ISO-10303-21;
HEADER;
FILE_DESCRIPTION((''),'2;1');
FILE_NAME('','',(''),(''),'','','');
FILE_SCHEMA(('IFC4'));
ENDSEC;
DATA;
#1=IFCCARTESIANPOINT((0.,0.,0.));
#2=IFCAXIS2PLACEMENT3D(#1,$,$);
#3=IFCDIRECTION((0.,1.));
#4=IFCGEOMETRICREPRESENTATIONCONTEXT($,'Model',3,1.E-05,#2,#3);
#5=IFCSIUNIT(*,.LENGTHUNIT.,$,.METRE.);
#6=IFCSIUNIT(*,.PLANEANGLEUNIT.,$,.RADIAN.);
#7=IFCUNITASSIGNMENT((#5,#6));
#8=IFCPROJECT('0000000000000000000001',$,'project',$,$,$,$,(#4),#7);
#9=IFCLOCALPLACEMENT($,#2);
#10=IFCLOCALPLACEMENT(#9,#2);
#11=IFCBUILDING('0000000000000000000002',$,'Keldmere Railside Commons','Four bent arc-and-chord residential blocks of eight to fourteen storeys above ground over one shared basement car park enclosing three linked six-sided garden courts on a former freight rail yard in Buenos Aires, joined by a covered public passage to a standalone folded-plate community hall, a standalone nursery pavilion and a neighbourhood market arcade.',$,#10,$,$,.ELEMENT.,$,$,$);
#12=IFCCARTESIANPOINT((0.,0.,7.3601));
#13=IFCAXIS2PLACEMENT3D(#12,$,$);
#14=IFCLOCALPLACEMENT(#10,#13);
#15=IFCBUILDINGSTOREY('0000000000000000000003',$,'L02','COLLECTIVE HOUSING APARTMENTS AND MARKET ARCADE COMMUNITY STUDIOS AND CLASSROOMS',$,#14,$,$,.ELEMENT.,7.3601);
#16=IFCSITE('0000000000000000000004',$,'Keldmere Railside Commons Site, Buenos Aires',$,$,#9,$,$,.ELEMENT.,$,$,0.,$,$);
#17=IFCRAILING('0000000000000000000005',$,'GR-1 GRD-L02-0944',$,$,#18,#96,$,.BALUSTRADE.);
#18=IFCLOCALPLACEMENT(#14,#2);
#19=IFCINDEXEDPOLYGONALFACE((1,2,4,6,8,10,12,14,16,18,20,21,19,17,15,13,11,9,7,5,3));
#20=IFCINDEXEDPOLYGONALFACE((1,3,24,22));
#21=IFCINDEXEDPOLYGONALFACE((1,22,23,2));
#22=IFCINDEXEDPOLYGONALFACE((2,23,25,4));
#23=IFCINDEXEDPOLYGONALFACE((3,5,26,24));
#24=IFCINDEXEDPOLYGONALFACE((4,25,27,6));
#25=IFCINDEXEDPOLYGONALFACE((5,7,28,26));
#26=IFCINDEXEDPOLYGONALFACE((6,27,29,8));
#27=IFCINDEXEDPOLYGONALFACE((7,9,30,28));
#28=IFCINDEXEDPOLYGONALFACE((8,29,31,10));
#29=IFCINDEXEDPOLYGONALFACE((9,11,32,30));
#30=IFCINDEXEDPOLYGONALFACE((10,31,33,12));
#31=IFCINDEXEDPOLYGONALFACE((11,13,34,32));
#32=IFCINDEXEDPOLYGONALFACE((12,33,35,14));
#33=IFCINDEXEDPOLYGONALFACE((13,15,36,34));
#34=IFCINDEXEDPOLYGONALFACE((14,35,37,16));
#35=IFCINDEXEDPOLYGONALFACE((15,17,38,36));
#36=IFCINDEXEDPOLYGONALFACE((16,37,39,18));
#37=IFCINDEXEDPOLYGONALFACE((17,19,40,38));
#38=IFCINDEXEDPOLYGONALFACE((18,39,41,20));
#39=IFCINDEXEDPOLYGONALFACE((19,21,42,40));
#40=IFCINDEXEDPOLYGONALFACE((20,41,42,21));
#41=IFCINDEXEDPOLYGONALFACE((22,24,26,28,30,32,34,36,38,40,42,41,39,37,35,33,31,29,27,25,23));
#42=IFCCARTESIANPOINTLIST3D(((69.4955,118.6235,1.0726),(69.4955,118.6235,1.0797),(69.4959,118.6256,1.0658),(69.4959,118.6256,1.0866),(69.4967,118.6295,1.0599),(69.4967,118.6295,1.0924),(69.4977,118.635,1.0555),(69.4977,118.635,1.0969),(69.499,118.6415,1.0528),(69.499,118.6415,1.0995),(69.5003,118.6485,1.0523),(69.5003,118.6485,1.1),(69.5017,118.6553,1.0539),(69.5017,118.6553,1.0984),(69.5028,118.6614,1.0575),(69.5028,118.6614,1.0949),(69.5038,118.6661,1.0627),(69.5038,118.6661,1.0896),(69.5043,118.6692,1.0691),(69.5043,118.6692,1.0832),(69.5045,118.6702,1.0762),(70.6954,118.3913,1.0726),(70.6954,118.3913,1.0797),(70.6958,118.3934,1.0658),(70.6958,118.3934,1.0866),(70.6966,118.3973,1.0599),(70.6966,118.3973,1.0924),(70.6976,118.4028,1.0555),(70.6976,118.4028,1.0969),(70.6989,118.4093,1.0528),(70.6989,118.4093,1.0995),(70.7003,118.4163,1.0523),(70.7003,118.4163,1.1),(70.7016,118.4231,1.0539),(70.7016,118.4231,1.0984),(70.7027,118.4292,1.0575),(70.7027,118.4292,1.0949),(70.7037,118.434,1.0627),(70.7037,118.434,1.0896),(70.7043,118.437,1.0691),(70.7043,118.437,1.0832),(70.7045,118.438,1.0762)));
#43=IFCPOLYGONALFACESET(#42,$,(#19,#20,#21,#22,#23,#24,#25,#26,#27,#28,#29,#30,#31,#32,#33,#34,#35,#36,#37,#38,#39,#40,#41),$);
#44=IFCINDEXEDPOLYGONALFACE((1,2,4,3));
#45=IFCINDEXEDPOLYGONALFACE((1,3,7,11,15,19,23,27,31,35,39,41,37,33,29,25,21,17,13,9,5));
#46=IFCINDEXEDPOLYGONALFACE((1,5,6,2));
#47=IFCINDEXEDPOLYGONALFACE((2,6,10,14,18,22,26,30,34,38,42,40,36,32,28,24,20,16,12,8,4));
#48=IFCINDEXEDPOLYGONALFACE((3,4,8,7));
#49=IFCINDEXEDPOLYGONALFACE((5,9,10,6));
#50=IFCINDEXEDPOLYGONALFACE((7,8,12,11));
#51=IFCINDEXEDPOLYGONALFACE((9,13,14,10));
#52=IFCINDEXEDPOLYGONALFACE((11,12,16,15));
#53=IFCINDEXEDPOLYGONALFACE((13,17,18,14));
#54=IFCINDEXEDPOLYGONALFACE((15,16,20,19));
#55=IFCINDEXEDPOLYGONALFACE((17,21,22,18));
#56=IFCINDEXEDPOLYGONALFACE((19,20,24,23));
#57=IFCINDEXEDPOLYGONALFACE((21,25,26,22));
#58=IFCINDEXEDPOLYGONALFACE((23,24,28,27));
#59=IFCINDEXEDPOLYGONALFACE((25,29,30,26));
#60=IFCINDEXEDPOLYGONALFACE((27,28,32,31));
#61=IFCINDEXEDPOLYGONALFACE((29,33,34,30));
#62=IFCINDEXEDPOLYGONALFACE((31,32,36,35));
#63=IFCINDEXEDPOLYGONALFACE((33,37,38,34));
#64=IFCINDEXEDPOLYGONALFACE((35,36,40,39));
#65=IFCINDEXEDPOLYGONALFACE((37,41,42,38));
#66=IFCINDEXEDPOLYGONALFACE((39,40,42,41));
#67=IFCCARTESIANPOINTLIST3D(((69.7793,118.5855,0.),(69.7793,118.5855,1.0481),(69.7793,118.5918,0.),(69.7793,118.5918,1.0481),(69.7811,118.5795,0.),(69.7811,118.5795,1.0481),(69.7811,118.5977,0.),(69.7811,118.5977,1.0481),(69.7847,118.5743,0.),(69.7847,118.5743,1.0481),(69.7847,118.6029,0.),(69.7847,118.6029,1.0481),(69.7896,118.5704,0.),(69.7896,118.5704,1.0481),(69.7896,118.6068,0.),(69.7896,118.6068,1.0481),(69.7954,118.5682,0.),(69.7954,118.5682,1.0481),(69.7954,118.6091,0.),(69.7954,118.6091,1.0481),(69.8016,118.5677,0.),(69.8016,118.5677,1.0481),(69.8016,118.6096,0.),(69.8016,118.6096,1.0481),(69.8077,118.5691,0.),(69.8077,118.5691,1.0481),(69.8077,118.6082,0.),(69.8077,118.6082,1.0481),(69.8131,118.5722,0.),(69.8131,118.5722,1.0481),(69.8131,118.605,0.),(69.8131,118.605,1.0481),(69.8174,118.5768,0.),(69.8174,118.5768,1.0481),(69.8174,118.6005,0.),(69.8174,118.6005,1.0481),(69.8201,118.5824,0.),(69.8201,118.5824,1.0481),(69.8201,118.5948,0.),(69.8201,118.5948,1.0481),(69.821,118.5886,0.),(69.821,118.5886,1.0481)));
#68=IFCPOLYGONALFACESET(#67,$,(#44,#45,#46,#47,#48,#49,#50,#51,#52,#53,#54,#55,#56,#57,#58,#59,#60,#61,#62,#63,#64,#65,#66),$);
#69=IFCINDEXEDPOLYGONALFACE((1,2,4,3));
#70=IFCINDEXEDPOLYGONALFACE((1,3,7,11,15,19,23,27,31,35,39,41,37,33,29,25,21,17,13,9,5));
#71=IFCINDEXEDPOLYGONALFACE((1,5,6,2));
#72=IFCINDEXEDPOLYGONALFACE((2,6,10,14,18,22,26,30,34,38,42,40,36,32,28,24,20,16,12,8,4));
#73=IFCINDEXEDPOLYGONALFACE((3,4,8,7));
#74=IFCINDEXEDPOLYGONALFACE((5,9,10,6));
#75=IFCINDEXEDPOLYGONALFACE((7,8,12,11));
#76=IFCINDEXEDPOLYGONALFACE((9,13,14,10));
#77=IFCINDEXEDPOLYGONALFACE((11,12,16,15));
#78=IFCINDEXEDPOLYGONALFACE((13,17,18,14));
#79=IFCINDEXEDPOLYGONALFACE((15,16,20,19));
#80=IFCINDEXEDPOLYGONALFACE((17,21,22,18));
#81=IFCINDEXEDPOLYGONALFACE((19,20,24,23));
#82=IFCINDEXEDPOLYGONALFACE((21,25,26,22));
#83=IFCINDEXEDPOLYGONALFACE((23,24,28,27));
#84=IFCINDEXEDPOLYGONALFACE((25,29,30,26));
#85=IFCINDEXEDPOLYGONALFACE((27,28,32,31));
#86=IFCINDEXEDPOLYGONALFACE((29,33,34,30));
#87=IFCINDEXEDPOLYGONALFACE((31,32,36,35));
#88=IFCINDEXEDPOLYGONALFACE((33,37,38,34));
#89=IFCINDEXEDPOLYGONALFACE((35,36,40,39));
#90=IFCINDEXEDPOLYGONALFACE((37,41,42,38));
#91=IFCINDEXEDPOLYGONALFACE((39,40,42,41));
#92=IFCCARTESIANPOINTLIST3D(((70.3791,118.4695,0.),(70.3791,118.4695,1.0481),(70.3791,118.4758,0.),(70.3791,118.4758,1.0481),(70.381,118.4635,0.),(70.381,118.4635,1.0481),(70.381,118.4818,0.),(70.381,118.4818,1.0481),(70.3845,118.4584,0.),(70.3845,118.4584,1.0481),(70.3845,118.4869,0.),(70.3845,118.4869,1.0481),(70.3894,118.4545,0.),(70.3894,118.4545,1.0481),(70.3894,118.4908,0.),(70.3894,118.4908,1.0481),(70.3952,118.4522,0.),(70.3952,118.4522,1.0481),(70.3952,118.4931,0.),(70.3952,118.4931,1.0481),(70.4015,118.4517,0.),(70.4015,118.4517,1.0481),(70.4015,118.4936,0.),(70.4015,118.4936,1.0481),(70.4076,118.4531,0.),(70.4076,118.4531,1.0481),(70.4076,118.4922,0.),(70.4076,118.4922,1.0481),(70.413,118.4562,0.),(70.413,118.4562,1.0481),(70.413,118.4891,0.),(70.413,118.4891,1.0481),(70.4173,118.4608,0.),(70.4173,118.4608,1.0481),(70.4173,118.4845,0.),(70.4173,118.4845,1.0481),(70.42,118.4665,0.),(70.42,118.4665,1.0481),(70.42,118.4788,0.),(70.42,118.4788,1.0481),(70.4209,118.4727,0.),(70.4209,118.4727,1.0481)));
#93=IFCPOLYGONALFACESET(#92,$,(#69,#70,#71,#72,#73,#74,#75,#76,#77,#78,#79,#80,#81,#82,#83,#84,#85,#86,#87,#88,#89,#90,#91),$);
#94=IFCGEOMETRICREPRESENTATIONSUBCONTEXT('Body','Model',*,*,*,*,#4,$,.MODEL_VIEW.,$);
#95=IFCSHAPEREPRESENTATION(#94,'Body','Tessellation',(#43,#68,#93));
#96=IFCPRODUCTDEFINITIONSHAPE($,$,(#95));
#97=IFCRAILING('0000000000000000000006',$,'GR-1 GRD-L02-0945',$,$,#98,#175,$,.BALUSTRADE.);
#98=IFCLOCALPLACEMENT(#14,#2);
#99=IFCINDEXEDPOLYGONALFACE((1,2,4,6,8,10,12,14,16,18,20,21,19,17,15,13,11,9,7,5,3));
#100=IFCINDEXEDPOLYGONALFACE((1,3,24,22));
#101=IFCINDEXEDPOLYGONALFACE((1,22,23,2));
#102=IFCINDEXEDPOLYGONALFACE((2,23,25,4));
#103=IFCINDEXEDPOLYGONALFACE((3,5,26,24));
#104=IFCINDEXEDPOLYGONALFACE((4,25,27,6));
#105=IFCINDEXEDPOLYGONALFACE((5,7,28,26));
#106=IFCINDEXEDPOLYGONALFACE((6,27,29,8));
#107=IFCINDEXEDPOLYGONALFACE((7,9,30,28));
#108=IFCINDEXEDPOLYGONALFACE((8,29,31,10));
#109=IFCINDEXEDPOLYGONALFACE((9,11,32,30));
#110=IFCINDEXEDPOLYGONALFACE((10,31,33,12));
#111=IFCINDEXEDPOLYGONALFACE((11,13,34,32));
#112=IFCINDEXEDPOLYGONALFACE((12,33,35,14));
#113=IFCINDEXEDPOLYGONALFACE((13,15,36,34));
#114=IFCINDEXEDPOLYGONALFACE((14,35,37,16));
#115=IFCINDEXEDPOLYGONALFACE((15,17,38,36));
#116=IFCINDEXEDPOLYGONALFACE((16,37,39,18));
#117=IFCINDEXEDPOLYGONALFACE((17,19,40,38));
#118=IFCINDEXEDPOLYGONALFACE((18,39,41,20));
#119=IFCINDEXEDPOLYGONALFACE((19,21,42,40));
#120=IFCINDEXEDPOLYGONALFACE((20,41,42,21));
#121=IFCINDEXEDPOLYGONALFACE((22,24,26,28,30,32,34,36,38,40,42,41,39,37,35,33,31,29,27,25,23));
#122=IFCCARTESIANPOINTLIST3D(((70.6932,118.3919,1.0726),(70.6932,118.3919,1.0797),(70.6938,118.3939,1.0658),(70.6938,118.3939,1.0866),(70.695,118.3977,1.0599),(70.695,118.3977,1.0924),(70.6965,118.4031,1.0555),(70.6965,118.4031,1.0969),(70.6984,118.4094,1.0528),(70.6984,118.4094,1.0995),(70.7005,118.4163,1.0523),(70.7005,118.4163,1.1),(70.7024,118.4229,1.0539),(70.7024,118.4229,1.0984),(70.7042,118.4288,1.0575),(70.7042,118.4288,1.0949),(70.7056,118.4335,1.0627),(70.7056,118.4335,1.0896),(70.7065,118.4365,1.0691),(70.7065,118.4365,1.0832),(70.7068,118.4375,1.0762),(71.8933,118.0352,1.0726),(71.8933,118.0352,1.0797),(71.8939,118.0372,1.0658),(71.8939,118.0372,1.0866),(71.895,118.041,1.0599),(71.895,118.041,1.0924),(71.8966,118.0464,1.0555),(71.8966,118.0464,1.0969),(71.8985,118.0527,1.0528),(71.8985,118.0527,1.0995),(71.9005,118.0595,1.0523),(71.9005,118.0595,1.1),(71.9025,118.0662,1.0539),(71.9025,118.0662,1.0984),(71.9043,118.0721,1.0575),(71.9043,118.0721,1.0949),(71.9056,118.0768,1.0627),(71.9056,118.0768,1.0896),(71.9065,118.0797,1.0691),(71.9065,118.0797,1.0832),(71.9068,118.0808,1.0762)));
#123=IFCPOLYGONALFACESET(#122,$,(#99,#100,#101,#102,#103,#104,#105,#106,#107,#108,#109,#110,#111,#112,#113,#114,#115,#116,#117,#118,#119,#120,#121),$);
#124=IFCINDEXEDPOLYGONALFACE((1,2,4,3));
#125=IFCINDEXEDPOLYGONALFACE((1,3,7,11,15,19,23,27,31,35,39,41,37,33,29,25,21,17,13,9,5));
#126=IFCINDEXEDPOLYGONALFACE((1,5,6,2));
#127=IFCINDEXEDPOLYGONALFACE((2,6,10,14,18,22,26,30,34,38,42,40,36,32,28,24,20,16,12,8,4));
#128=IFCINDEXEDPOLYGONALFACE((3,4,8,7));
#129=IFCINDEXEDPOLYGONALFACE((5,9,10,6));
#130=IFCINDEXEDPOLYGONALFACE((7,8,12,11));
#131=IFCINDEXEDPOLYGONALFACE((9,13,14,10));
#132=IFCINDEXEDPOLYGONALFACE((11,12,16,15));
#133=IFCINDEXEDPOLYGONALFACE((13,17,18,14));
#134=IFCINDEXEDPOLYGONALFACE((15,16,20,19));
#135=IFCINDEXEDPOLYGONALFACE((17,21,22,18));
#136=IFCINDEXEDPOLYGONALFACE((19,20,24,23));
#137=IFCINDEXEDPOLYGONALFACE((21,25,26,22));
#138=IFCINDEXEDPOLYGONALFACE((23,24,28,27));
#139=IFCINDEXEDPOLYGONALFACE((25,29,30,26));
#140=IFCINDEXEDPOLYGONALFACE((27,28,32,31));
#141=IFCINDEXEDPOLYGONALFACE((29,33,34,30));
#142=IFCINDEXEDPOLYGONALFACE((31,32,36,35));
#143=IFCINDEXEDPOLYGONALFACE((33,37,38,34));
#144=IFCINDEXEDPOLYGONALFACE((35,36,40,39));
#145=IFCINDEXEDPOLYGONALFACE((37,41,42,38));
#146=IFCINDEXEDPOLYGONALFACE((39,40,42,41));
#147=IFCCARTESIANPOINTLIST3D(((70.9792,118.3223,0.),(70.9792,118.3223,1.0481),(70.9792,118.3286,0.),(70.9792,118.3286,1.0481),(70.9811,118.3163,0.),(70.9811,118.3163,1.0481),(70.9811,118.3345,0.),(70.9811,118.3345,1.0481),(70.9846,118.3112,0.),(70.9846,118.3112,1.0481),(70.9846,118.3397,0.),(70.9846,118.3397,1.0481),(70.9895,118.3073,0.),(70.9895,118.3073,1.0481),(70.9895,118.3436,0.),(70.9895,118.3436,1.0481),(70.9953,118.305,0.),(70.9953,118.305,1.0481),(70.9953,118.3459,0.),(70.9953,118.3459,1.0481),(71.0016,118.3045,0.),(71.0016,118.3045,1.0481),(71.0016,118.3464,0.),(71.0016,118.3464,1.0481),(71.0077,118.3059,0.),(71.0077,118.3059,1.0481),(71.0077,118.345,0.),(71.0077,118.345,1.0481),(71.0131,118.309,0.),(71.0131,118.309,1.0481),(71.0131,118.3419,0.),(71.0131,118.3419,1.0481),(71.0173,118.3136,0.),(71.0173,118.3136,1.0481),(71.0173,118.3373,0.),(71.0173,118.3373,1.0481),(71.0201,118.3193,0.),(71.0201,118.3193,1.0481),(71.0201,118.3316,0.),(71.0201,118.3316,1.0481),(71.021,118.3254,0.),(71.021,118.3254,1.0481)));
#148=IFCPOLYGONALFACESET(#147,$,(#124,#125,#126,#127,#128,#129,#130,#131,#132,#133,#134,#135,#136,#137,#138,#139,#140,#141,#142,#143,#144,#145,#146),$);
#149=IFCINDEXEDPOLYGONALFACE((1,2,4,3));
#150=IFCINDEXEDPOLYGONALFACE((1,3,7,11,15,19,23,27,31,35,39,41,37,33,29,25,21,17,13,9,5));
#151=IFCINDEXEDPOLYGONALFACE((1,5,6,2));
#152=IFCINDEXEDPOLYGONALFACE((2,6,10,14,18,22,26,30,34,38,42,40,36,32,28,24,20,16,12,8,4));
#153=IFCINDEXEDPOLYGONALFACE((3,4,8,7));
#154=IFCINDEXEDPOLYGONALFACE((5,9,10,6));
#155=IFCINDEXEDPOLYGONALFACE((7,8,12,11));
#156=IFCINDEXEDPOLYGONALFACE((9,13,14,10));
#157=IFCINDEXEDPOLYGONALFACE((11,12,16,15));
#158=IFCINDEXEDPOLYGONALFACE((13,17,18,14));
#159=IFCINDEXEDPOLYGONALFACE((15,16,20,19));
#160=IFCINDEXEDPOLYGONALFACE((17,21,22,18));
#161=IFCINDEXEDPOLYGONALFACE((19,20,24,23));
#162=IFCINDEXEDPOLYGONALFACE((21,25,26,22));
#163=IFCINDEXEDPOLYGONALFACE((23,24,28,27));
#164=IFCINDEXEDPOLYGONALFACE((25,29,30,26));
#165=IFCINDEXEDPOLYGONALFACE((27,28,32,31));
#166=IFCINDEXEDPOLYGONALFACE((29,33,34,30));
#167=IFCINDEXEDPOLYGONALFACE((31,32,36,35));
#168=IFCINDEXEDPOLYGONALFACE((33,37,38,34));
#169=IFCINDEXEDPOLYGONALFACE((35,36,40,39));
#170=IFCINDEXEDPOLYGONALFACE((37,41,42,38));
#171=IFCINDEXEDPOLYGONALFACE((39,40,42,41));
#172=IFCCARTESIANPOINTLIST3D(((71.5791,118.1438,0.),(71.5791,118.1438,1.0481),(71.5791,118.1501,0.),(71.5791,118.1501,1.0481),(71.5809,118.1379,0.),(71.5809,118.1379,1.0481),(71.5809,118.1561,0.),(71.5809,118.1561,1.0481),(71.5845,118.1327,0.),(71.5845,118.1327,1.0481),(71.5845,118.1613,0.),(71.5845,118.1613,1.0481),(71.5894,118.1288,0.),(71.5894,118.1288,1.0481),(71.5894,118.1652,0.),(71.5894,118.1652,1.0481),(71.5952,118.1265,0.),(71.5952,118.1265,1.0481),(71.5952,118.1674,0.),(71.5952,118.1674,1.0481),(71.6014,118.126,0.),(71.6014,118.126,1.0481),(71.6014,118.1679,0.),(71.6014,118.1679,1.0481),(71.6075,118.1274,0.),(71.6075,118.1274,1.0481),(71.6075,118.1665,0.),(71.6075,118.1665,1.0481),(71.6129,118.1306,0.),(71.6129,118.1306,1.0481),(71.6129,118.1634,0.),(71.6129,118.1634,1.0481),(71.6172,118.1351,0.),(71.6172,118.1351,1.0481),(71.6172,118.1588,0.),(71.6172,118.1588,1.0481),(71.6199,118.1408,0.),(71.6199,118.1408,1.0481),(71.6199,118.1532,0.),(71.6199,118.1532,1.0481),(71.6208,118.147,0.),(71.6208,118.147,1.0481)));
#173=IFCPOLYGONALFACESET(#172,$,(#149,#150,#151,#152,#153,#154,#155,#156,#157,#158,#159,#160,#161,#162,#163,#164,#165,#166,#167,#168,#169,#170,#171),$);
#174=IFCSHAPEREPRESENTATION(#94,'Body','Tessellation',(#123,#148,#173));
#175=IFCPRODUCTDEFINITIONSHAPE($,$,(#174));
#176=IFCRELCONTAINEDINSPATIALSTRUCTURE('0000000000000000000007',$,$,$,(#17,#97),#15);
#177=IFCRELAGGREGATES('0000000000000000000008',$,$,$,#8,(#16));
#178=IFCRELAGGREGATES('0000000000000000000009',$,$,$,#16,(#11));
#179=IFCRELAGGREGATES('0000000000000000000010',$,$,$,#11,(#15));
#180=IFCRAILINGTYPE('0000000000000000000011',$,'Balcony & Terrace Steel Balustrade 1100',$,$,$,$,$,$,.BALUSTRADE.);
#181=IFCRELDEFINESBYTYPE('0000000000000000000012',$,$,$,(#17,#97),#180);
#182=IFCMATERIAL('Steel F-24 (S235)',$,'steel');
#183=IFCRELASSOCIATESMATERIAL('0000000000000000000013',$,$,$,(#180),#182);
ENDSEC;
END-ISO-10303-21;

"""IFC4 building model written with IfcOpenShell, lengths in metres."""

from ifc_helpers import new_model, si_unit, direction, frame, origin, origin_2d, place, context, subcontext, project, spatial, circle, extrude, material, type_object, element, save


model = new_model("IFC4")

# Units and contexts
model_context = context("Model", 3, precision=1e-05, world=origin(), true_north=direction((0.0, 1.0)))
body_context = subcontext(model_context, "Body", "Model", "MODEL_VIEW")
ifc_project = project(units=[si_unit("LENGTHUNIT", "METRE"), si_unit("PLANEANGLEUNIT", "RADIAN")], contexts=[model_context])

# Site, building, storey
site_placement = place(None, origin())
site = spatial("IfcSite", under=ifc_project, at=site_placement, Name="Keldmere Railside Commons Site, Buenos Aires", CompositionType="ELEMENT", RefElevation=0.0)
building_placement = place(site_placement, origin())
building = spatial("IfcBuilding", under=site, at=building_placement, Name="Keldmere Railside Commons", Description="Four bent arc-and-chord residential blocks of eight to fourteen storeys above ground over one shared basement car park enclosing three linked six-sided garden courts on a former freight rail yard in Buenos Aires, joined by a covered public passage to a standalone folded-plate community hall, a standalone nursery pavilion and a neighbourhood market arcade.", CompositionType="ELEMENT")
storey_placement = place(building_placement, frame((0.0, 0.0, 7.3601)))
storey = spatial("IfcBuildingStorey", under=building, at=storey_placement, Name="L02", Description="COLLECTIVE HOUSING APARTMENTS AND MARKET ARCADE COMMUNITY STUDIOS AND CLASSROOMS", CompositionType="ELEMENT", Elevation=7.3601)

# Railings
ifc_material_1 = material(Name="Steel F-24 (S235)", Category="steel")
railing_type = type_object("IfcRailingType", Name="Balcony & Terrace Steel Balustrade 1100", PredefinedType="BALUSTRADE", material=ifc_material_1)
railing_1_placement = place(storey_placement, frame((69.5, 118.6467, 0.0)))
element("IfcRailing", 1, at=railing_1_placement, inside=storey, type_object=railing_type, Name="GR-1 GRD-L02-0944", PredefinedType="BALUSTRADE", context=body_context, shape_type="SweptSolid", body=[
    extrude(circle(Radius=0.0239, at=origin_2d()), frame((0.0, 0.0, 1.0762), z_axis=(0.981791, -0.189966, 0.0), x_axis=(0.189966, 0.981791, 0.0)), (0.0, 0.0, 1.0), 1.2222),
    extrude(circle(Radius=0.021, at=origin_2d()), frame((0.3, -0.0581, 0.0)), (0.0, 0.0, 1.0), 1.0481),
    extrude(circle(Radius=0.021, at=origin_2d()), frame((0.8999, -0.1741, 0.0)), (0.0, 0.0, 1.0), 1.0481),
])
railing_2_placement = place(storey_placement, frame((70.7, 118.4146, 0.0)))
element("IfcRailing", 2, at=railing_2_placement, inside=storey, type_object=railing_type, Name="GR-1 GRD-L02-0945", PredefinedType="BALUSTRADE", context=body_context, shape_type="SweptSolid", body=[
    extrude(circle(Radius=0.0239, at=origin_2d()), frame((0.0, 0.0, 1.0762), z_axis=(0.958548, -0.284932, 0.0), x_axis=(0.284932, 0.958548, 0.0)), (0.0, 0.0, 1.0), 1.252),
    extrude(circle(Radius=0.021, at=origin_2d()), frame((0.3, -0.0891, 0.0)), (0.0, 0.0, 1.0), 1.0481),
    extrude(circle(Radius=0.021, at=origin_2d()), frame((0.8999, -0.2676, 0.0)), (0.0, 0.0, 1.0), 1.0481),
])

save(model, "model.ifc")
